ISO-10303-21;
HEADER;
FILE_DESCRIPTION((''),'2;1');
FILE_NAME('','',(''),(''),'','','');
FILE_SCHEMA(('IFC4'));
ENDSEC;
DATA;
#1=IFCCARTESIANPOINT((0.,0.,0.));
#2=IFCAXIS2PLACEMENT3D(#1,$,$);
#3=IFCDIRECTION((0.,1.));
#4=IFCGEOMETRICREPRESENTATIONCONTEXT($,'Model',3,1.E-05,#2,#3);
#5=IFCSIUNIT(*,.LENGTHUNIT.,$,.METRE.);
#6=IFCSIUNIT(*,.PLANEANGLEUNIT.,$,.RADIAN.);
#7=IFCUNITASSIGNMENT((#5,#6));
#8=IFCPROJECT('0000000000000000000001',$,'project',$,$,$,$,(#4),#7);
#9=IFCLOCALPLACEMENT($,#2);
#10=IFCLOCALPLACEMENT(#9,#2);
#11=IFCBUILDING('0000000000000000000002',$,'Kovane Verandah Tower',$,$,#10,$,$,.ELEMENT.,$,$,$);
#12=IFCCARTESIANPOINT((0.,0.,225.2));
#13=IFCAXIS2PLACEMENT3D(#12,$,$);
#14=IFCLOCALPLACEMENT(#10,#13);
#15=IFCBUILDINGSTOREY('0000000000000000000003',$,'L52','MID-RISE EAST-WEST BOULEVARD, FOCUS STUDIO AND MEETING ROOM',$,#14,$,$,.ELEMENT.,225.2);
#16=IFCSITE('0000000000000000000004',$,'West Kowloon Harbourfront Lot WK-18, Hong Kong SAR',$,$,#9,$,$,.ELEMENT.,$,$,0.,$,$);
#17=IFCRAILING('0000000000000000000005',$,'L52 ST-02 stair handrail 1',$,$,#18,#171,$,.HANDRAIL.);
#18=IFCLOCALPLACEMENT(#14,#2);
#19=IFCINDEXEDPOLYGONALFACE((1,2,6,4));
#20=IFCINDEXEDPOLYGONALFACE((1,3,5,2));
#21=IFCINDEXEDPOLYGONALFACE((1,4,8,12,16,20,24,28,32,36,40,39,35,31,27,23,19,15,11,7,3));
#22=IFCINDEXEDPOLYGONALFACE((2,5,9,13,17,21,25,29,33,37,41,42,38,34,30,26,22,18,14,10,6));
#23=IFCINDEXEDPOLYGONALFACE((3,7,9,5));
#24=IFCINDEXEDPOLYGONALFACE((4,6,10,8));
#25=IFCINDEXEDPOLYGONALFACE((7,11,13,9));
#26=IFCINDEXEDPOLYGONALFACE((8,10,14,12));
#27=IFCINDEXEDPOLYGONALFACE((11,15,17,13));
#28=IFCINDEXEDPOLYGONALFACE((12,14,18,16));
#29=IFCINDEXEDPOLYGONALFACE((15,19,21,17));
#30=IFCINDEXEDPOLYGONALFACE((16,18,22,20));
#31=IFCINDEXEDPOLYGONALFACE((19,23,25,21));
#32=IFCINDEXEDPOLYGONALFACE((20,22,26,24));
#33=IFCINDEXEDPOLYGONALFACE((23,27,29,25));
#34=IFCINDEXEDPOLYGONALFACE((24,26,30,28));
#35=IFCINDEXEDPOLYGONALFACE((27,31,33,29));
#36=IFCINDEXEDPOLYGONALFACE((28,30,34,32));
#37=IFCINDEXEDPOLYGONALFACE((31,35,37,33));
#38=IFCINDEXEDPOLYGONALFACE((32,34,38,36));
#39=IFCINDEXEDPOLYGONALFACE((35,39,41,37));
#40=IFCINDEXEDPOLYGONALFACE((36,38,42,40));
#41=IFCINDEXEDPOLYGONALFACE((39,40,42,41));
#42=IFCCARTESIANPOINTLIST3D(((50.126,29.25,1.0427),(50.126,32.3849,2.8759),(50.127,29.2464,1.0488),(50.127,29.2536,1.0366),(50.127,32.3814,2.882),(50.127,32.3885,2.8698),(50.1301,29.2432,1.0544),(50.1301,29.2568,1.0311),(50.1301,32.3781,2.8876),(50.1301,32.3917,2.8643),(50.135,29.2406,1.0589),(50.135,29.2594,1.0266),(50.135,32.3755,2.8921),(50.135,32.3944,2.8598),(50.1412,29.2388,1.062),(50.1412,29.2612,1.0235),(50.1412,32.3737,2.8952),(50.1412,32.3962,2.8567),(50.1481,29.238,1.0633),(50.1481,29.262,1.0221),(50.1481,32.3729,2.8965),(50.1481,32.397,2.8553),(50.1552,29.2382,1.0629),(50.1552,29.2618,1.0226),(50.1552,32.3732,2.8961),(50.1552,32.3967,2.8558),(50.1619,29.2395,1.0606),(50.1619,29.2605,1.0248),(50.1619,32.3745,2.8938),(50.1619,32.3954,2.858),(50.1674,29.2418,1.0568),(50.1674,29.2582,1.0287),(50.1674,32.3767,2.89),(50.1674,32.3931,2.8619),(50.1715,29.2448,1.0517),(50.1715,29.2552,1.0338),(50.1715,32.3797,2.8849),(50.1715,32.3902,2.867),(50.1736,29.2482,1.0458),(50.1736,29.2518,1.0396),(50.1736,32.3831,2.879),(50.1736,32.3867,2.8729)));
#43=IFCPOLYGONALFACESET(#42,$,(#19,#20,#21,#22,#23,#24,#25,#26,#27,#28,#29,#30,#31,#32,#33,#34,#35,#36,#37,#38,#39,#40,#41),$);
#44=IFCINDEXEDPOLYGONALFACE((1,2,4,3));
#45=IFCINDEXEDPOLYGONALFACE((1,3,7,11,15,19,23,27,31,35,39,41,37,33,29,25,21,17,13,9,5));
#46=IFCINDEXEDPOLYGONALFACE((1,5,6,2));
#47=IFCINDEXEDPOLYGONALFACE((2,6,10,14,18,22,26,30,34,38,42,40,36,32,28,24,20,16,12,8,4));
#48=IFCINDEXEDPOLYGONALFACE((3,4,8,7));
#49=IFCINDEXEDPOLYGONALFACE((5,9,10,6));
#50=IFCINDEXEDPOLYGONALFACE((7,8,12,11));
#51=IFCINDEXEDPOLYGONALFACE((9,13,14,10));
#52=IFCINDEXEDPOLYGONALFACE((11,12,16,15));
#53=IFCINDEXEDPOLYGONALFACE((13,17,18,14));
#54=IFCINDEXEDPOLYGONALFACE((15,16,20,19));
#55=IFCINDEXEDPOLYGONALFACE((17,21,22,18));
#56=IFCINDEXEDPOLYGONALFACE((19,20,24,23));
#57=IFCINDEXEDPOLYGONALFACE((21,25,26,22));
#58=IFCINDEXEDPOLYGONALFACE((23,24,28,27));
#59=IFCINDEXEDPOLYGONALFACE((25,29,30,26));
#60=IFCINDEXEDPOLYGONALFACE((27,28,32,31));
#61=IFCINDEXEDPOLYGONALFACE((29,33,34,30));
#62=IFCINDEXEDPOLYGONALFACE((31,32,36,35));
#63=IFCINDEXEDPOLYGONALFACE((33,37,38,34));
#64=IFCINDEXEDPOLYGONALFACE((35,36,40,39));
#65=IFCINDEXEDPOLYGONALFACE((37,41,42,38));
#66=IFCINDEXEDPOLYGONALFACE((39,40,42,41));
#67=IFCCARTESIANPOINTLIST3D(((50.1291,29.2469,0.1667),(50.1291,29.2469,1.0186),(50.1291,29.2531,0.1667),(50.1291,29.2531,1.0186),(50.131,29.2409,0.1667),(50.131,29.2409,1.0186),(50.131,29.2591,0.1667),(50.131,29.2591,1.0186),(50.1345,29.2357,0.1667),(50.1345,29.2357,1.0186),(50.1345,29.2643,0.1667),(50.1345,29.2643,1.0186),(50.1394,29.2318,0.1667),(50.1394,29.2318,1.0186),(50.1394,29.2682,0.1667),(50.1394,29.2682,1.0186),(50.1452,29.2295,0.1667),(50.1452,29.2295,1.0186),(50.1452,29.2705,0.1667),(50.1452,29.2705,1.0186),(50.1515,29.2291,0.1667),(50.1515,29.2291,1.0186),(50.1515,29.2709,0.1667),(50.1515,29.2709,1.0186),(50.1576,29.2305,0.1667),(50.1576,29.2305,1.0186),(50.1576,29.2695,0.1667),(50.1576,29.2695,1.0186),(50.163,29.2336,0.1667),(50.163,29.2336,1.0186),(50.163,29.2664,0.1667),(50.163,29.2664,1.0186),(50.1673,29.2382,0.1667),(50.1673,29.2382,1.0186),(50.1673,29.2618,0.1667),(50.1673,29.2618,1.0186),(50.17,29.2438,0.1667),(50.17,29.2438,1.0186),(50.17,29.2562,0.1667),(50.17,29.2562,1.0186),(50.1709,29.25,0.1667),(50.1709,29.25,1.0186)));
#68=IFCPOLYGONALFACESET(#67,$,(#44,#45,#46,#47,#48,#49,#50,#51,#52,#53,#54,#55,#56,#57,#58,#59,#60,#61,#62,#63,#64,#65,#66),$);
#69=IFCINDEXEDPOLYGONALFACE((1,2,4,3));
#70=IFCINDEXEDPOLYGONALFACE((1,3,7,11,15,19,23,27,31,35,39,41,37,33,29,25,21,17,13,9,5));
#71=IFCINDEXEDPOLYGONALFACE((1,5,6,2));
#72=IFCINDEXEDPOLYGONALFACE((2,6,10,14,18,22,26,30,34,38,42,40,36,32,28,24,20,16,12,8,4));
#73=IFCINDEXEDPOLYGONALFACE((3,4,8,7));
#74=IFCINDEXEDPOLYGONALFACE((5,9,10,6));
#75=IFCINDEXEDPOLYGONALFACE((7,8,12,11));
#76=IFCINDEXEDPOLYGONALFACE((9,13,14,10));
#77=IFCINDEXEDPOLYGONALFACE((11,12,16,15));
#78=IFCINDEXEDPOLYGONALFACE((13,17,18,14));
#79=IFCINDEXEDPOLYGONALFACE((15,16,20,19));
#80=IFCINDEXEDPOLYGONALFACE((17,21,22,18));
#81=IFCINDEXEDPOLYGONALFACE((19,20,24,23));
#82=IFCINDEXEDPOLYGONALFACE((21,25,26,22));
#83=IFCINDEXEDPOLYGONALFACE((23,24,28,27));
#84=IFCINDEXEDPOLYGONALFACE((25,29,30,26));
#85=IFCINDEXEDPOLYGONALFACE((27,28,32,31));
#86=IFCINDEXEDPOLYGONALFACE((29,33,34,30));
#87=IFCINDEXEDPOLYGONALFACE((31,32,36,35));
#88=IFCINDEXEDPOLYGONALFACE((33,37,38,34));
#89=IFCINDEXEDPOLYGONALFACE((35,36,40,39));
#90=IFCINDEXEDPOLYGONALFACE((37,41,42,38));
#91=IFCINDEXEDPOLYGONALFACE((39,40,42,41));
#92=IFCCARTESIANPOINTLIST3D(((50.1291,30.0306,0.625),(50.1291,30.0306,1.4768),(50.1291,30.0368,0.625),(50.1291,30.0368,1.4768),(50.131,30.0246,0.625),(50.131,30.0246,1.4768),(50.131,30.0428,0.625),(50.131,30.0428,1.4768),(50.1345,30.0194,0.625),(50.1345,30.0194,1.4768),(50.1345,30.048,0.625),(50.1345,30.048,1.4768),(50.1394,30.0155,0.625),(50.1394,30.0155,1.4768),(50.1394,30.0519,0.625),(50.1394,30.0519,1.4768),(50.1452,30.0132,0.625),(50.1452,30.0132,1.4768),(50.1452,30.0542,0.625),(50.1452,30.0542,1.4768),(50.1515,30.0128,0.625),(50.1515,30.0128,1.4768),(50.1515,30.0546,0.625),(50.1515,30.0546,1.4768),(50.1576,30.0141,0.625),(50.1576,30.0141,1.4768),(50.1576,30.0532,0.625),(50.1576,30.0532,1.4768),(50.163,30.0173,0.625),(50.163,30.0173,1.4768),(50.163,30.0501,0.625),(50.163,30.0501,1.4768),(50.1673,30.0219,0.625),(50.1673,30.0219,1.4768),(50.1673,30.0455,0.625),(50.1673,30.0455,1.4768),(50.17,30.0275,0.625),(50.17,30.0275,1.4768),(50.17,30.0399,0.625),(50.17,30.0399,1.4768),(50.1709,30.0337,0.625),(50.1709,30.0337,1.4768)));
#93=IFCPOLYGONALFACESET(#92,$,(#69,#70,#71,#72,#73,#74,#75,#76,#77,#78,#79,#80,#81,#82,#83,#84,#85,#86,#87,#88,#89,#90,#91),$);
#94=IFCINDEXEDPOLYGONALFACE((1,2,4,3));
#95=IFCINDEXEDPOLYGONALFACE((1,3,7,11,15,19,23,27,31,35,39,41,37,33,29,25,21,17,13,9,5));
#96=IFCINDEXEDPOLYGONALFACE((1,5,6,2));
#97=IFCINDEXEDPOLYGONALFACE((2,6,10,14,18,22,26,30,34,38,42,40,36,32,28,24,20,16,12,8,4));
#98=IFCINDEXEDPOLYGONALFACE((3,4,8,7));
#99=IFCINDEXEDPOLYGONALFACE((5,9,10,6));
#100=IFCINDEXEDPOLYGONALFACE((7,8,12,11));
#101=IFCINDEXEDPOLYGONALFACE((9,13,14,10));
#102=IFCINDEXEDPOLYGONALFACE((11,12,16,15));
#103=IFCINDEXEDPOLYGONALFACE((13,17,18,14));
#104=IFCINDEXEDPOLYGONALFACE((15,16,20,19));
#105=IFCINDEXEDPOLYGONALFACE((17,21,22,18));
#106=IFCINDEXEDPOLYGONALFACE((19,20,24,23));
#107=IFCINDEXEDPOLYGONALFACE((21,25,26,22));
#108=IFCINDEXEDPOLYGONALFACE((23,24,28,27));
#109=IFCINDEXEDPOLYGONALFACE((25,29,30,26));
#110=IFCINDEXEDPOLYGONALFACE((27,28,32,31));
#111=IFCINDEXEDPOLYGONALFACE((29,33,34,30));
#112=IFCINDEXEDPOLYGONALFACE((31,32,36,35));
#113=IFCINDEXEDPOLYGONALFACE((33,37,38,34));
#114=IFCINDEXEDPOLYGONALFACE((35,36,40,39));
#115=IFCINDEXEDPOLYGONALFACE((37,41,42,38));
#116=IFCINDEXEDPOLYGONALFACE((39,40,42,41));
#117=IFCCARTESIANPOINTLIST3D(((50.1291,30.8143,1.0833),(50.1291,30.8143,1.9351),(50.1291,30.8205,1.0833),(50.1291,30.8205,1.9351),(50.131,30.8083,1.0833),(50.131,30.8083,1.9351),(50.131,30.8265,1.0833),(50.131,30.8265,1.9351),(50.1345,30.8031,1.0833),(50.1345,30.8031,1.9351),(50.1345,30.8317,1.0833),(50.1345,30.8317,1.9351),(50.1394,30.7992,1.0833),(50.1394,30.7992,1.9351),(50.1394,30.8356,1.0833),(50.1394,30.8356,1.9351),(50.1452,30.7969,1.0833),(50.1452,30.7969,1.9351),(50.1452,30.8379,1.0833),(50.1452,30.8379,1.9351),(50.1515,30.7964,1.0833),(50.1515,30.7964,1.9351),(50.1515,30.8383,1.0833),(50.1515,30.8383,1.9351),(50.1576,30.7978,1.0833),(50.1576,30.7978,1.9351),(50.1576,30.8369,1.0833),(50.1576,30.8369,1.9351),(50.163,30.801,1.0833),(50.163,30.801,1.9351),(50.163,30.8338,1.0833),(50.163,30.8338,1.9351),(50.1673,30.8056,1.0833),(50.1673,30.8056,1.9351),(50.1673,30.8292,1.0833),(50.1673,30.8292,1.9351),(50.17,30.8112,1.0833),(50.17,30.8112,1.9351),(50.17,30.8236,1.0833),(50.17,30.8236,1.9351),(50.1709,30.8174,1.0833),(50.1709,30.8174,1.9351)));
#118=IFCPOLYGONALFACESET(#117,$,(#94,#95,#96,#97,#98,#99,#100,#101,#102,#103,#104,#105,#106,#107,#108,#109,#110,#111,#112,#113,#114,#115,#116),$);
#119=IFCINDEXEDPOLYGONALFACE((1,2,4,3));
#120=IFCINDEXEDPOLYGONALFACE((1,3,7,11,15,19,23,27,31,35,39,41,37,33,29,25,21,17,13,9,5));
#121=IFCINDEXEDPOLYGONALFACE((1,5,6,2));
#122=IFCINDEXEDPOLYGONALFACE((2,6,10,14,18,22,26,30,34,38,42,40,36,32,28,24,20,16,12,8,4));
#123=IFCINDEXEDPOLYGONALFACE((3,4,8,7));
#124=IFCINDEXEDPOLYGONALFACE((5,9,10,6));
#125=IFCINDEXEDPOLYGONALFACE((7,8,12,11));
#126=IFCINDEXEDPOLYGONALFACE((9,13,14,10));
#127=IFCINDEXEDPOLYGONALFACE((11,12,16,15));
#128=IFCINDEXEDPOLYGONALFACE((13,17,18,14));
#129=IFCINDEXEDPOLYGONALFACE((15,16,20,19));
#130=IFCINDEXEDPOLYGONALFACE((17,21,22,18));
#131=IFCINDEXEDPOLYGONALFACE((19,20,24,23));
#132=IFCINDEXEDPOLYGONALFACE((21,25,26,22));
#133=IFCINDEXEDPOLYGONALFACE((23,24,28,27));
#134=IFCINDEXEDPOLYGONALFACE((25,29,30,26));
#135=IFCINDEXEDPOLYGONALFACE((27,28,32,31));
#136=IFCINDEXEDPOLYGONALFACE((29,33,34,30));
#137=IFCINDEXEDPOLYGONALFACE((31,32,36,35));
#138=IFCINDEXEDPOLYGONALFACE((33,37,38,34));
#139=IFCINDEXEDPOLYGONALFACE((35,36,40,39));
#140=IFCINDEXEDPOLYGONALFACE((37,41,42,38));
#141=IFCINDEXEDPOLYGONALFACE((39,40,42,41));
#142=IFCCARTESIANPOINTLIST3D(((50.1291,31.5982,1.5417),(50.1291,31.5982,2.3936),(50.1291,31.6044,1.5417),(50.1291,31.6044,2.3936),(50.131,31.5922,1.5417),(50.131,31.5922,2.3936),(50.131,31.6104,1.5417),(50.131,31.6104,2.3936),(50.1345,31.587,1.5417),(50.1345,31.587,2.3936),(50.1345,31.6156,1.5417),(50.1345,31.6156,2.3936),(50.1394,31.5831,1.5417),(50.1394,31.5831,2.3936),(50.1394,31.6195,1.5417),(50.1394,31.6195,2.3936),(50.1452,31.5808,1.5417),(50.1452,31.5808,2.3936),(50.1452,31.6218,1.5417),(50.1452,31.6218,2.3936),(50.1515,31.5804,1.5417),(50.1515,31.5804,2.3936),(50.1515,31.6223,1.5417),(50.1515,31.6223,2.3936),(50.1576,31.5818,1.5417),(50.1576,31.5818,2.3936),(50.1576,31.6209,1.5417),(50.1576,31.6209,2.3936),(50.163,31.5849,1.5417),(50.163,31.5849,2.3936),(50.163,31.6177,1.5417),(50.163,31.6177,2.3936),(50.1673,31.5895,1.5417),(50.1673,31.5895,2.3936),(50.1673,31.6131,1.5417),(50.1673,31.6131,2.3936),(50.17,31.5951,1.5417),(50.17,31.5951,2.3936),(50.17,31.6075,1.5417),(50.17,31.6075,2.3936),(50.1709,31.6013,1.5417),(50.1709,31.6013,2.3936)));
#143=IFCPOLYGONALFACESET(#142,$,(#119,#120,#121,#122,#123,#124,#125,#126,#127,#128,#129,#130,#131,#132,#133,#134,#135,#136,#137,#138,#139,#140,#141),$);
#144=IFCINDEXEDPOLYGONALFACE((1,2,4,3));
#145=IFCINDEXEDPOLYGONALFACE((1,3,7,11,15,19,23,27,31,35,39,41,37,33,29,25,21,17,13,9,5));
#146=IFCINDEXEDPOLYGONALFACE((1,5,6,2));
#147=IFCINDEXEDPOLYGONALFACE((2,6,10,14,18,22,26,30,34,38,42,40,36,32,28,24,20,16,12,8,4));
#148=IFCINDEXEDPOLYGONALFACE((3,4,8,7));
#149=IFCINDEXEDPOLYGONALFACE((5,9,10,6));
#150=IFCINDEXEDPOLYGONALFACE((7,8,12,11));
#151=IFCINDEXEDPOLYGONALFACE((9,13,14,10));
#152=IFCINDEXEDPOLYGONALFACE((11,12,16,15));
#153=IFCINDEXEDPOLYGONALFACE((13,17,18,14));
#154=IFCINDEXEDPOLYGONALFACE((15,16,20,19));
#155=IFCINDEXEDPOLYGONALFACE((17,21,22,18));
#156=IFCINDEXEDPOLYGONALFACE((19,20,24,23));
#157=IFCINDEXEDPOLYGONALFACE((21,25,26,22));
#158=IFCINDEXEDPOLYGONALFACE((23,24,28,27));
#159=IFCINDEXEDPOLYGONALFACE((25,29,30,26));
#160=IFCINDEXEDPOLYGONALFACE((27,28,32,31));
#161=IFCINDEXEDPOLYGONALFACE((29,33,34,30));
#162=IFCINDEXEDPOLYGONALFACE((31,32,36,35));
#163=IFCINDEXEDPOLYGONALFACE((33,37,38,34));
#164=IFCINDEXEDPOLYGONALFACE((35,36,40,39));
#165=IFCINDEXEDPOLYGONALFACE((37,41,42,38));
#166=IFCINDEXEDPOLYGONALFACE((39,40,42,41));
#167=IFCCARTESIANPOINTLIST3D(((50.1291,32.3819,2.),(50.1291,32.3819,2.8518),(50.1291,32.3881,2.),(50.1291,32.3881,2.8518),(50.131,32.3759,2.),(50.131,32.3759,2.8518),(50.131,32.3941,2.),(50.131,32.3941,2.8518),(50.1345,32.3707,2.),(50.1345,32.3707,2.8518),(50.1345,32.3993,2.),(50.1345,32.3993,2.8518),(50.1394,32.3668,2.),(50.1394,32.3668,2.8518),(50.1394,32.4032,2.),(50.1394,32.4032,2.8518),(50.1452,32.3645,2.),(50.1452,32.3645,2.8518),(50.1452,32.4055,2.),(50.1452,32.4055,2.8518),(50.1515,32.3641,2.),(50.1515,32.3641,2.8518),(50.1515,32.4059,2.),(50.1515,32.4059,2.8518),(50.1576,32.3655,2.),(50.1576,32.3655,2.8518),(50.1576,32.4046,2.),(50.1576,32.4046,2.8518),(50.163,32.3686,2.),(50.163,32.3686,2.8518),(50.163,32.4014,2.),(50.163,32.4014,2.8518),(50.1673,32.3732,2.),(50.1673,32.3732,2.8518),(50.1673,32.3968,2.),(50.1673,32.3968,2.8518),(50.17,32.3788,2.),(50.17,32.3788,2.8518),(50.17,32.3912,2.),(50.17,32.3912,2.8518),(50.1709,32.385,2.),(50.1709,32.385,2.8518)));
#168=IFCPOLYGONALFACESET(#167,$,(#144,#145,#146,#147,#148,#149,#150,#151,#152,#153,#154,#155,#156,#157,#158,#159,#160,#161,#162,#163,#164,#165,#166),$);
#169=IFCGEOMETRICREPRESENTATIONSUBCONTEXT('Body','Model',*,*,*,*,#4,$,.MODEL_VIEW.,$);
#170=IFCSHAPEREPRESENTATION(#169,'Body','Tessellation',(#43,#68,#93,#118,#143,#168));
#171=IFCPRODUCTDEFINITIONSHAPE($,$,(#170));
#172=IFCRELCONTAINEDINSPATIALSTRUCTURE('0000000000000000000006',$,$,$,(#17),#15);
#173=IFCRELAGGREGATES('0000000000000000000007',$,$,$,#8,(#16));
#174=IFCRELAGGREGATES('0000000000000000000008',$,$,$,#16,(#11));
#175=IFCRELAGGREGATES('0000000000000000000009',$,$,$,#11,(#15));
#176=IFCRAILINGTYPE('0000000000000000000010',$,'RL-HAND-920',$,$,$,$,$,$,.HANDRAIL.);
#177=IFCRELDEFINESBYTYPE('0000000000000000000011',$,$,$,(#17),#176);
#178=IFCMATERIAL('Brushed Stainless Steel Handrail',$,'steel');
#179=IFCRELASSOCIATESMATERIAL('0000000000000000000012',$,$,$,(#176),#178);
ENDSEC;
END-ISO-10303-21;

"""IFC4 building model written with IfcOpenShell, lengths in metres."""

from ifc_helpers import new_model, si_unit, direction, frame, origin, origin_2d, place, context, subcontext, project, spatial, circle, extrude, material, type_object, element, save


model = new_model("IFC4")

# Units and contexts
model_context = context("Model", 3, precision=1e-05, world=origin(), true_north=direction((0.0, 1.0)))
body_context = subcontext(model_context, "Body", "Model", "MODEL_VIEW")
ifc_project = project(units=[si_unit("LENGTHUNIT", "METRE"), si_unit("PLANEANGLEUNIT", "RADIAN")], contexts=[model_context])

# Site, building, storey
site_placement = place(None, origin())
site = spatial("IfcSite", under=ifc_project, at=site_placement, Name="West Kowloon Harbourfront Lot WK-18, Hong Kong SAR", CompositionType="ELEMENT", RefElevation=0.0)
building_placement = place(site_placement, origin())
building = spatial("IfcBuilding", under=site, at=building_placement, Name="Kovane Verandah Tower", CompositionType="ELEMENT")
storey_placement = place(building_placement, frame((0.0, 0.0, 225.2)))
storey = spatial("IfcBuildingStorey", under=building, at=storey_placement, Name="L52", Description="MID-RISE EAST-WEST BOULEVARD, FOCUS STUDIO AND MEETING ROOM", CompositionType="ELEMENT", Elevation=225.2)

# Railing
ifc_material_1 = material(Name="Brushed Stainless Steel Handrail", Category="steel")
railing_type_1 = type_object("IfcRailingType", Name="RL-HAND-920", PredefinedType="HANDRAIL", material=ifc_material_1)
railing_1_placement = place(storey_placement, frame((50.1499, 29.25, 0.1667)))
element("IfcRailing", 1, at=railing_1_placement, inside=storey, type_object=railing_type_1, Name="L52 ST-02 stair handrail 1", PredefinedType="HANDRAIL", context=body_context, shape_type="SweptSolid", body=[
    extrude(circle(Radius=0.0239, at=origin_2d()), frame((0.0, 0.0, 0.876), z_axis=(0.0, 0.86324, 0.504794), x_axis=(-1.0, 0.0, 0.0)), (0.0, 0.0, 1.0), 3.6316),
    extrude(circle(Radius=0.021, at=origin_2d()), origin(), (0.0, 0.0, 1.0), 0.8518),
    extrude(circle(Radius=0.021, at=origin_2d()), frame((0.0, 0.7837, 0.4583)), (0.0, 0.0, 1.0), 0.8518),
    extrude(circle(Radius=0.021, at=origin_2d()), frame((0.0, 1.5674, 0.9165)), (0.0, 0.0, 1.0), 0.8518),
    extrude(circle(Radius=0.021, at=origin_2d()), frame((0.0, 2.3513, 1.375)), (0.0, 0.0, 1.0), 0.8518),
    extrude(circle(Radius=0.021, at=origin_2d()), frame((0.0, 3.135, 1.8333)), (0.0, 0.0, 1.0), 0.8518),
])

save(model, "model.ifc")
